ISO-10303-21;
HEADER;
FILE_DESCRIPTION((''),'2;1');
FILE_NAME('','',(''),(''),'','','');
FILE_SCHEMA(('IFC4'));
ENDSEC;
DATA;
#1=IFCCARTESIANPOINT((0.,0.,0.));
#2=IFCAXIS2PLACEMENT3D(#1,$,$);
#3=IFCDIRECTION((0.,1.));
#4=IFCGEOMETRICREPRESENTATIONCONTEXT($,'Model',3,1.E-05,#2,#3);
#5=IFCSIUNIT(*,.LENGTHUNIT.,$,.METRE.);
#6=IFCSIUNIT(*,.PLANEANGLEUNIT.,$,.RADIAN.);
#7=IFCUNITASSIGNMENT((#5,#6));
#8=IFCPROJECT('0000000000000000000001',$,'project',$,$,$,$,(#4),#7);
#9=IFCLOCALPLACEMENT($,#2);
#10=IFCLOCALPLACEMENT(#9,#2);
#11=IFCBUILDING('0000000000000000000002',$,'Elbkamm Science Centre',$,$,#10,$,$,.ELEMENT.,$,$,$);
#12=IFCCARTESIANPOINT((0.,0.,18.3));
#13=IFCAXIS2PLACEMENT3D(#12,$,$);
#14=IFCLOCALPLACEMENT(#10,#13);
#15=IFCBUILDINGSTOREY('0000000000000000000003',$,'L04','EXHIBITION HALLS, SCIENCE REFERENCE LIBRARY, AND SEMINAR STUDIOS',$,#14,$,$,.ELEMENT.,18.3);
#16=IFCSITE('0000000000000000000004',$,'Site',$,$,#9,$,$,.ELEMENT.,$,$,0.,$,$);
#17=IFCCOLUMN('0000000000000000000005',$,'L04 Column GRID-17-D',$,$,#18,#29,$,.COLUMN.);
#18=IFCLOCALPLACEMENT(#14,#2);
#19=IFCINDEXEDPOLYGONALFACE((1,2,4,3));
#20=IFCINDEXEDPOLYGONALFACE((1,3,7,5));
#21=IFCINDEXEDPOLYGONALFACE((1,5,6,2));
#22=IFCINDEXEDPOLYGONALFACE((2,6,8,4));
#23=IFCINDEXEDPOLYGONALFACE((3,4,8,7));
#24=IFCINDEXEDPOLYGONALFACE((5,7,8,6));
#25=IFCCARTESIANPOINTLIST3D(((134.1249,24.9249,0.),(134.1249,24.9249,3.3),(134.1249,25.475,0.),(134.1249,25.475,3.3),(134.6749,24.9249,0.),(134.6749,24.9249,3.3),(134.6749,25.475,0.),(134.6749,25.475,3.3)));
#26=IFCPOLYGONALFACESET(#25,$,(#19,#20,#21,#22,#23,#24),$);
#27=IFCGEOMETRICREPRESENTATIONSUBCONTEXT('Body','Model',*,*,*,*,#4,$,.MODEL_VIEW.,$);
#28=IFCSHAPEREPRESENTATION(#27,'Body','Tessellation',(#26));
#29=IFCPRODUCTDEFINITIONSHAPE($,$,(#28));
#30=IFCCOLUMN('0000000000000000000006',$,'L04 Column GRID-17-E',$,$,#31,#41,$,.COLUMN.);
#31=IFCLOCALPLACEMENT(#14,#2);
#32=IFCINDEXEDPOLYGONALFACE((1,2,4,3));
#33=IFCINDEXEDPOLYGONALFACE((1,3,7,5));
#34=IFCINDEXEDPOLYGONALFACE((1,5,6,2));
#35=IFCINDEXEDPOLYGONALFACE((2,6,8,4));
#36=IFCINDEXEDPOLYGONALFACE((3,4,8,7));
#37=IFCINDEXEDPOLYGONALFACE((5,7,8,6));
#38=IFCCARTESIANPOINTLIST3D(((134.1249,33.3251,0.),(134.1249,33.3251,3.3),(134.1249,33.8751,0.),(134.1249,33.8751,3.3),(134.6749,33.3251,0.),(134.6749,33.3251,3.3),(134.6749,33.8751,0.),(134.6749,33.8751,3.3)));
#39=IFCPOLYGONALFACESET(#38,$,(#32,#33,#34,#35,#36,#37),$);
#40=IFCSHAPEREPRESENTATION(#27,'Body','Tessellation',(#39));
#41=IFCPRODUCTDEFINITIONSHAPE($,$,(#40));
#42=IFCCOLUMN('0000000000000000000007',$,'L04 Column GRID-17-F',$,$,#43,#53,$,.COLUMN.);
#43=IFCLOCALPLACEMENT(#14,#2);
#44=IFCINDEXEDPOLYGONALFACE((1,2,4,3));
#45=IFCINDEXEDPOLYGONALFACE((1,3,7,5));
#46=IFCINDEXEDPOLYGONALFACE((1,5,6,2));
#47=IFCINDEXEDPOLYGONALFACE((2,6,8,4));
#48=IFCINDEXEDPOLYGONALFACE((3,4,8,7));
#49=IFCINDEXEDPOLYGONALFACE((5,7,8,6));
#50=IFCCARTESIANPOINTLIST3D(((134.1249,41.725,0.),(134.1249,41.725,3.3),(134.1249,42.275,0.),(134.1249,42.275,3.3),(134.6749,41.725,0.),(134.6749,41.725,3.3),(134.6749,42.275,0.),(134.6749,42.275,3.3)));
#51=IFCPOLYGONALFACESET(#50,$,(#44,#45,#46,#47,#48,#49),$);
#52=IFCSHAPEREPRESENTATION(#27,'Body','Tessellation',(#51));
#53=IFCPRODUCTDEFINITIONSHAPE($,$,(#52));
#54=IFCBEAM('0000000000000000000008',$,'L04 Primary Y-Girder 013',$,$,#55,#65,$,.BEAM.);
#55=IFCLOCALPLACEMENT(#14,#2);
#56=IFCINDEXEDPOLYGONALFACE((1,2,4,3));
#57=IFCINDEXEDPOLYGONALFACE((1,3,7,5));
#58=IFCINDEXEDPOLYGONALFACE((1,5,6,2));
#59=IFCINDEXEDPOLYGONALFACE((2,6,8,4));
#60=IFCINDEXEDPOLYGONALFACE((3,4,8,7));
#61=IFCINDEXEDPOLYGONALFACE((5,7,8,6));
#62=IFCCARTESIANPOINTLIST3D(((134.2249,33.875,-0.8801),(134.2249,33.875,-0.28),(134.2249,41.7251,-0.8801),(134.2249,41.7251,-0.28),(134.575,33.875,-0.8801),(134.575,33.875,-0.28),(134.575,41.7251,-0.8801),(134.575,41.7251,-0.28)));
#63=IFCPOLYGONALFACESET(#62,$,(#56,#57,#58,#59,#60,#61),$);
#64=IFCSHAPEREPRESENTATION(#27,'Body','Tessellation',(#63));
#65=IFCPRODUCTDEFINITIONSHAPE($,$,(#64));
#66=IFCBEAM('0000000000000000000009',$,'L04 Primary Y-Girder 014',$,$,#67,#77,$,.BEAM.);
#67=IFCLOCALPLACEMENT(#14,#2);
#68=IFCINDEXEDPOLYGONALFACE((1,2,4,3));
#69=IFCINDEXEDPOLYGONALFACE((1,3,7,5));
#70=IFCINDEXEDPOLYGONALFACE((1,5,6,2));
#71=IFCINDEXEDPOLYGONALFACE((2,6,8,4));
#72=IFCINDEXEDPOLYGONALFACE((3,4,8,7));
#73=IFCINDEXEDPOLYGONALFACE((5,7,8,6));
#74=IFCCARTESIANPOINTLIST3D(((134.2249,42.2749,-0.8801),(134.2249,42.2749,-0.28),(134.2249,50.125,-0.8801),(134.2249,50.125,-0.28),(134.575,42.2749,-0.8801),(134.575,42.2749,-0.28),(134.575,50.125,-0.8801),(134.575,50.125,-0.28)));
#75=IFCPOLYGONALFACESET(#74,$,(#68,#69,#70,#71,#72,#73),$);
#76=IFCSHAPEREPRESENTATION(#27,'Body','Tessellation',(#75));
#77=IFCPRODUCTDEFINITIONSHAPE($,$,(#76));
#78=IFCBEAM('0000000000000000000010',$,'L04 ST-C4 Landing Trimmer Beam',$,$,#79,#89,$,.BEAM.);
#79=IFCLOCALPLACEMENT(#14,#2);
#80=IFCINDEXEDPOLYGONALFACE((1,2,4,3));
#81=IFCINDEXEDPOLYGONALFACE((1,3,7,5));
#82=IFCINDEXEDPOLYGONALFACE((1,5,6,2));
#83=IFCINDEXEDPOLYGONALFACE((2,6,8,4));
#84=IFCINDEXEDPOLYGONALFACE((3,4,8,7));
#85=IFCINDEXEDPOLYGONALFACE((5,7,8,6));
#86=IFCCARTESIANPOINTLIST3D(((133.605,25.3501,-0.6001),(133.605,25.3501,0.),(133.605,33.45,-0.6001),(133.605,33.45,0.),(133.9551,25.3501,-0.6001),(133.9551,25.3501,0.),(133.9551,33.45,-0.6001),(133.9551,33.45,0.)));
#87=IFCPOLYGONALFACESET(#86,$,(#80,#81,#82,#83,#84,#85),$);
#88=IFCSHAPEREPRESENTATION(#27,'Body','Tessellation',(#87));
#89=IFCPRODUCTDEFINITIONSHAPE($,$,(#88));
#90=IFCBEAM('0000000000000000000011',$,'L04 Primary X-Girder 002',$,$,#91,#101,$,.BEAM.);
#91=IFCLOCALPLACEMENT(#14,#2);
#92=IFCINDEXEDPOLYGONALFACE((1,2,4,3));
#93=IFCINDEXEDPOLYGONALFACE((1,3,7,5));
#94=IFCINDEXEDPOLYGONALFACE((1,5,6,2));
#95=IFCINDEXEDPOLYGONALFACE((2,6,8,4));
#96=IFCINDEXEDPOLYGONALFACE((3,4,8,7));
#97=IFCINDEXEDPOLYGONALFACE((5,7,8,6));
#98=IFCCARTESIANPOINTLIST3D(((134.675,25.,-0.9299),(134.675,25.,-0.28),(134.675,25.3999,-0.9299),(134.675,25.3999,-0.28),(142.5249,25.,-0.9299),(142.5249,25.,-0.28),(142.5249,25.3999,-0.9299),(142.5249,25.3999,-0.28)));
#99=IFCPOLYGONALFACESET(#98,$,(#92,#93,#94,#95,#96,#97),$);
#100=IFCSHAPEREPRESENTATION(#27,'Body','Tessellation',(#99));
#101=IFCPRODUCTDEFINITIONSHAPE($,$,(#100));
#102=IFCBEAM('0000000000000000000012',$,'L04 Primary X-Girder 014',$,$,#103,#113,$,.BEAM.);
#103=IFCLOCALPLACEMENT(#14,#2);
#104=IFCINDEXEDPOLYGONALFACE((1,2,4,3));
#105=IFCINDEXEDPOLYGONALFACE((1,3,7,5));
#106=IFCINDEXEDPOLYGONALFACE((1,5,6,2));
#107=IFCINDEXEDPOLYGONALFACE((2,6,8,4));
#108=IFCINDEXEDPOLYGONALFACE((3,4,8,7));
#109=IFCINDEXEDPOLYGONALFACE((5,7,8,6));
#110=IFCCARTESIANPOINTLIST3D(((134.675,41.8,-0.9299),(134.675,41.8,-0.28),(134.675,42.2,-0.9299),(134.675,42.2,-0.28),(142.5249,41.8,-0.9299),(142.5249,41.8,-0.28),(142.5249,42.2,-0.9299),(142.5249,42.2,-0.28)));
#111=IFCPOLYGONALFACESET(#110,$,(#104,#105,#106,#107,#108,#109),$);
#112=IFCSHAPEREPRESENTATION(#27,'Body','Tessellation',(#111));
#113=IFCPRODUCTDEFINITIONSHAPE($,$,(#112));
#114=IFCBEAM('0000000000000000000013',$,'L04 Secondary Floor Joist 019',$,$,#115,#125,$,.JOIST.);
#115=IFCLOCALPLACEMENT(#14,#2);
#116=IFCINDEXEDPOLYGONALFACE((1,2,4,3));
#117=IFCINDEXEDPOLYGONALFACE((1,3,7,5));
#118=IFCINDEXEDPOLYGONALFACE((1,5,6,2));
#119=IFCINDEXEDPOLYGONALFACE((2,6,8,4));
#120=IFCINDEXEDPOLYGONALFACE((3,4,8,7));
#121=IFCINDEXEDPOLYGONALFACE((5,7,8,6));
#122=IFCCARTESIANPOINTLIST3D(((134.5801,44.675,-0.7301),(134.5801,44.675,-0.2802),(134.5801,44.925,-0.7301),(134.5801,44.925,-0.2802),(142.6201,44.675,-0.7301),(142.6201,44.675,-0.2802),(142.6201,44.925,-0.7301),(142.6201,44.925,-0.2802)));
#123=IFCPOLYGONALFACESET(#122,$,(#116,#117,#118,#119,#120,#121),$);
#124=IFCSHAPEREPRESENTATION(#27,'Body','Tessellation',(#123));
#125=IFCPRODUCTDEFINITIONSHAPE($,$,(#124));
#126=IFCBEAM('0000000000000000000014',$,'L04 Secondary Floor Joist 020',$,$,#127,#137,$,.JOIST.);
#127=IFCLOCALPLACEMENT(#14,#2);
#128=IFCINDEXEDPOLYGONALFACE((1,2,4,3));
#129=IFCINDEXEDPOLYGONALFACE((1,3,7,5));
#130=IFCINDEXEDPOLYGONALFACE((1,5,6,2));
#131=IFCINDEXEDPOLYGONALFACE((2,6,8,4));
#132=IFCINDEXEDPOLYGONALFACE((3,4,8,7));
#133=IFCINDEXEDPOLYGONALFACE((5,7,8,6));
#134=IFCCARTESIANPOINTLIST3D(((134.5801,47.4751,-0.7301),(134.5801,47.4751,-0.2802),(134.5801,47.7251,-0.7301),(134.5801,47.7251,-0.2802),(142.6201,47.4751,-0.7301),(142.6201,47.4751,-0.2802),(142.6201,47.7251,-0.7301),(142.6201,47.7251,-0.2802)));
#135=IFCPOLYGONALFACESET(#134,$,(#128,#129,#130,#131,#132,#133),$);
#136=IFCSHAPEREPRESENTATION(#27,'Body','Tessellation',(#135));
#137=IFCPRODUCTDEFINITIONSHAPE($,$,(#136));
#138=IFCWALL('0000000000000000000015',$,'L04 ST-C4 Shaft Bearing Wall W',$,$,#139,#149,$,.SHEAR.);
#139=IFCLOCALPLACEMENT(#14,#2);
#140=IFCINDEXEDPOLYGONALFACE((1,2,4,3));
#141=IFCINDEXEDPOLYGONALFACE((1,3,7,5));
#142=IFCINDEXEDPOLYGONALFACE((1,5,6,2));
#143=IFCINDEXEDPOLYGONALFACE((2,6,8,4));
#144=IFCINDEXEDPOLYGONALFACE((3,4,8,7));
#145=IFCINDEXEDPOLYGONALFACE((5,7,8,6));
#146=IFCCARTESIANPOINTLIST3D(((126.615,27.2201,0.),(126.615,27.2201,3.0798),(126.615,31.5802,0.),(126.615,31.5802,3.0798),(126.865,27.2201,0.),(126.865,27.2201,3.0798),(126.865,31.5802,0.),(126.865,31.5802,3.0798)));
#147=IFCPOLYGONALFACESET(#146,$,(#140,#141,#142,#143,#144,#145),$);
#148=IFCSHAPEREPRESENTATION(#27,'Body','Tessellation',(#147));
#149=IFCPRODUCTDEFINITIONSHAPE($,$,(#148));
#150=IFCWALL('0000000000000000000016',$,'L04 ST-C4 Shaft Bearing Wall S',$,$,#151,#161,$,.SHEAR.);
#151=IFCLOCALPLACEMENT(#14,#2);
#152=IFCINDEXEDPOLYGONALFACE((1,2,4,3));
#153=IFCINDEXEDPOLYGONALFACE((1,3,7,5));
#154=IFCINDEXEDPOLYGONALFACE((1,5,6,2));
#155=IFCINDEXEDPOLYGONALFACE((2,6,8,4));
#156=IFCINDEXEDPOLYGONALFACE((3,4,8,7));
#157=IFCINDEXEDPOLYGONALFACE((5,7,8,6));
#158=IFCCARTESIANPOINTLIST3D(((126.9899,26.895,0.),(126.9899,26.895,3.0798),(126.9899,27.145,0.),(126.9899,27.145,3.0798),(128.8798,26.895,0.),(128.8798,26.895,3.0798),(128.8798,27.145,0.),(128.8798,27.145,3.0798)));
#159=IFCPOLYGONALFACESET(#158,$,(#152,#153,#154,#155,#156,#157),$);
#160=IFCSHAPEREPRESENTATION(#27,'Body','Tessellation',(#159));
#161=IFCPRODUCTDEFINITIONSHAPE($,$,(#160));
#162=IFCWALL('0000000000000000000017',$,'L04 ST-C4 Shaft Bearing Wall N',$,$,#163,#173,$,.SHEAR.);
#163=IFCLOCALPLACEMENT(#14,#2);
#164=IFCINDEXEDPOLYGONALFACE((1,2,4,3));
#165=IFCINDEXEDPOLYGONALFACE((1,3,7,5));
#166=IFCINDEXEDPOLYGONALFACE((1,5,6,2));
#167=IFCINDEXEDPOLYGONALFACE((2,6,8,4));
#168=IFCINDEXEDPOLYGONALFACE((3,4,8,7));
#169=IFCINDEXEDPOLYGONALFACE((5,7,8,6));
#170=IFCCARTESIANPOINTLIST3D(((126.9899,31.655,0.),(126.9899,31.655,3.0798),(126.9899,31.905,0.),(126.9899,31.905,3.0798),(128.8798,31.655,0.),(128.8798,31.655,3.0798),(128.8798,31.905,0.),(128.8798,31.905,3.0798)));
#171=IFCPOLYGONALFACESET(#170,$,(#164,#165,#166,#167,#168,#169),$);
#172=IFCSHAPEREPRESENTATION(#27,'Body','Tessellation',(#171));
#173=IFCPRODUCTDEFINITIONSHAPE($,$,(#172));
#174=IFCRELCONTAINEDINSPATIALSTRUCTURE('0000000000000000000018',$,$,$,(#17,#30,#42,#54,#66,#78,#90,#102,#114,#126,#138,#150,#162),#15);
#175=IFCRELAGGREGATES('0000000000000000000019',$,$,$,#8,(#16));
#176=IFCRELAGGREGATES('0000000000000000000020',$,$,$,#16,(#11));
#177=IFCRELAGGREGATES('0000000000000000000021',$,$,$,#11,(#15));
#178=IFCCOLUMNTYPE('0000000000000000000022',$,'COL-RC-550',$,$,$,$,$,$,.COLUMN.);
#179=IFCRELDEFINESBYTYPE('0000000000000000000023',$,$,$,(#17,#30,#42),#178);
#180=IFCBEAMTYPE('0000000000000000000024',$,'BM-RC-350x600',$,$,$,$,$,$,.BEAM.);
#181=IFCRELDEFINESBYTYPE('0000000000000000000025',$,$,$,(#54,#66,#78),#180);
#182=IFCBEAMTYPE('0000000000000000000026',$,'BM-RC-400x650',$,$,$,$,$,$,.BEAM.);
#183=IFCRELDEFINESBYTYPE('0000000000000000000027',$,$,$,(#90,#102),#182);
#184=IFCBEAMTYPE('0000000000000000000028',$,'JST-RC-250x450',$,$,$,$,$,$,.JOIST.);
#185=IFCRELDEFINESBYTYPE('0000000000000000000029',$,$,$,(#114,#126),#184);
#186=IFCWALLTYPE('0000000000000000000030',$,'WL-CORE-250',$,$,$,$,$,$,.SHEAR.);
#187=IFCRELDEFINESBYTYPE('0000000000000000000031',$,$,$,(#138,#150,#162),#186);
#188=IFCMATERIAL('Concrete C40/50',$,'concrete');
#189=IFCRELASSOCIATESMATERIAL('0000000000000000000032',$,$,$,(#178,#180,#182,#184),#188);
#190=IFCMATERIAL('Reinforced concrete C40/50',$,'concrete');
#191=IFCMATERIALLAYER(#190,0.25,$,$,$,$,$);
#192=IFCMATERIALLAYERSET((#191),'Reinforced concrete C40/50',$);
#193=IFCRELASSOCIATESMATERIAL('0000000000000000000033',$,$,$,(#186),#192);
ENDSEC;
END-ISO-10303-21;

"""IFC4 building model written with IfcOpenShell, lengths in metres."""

from ifc_helpers import new_model, si_unit, direction, frame, frame_2d, origin, origin_2d, place, context, subcontext, project, spatial, rectangle, extrude, material, layer, layer_set, material_profile, profile_set, type_object, element, save


model = new_model("IFC4")

# Units and contexts
model_context = context("Model", 3, precision=1e-05, world=origin(), true_north=direction((0.0, 1.0)))
body_context = subcontext(model_context, "Body", "Model", "MODEL_VIEW")
ifc_project = project(units=[si_unit("LENGTHUNIT", "METRE"), si_unit("PLANEANGLEUNIT", "RADIAN")], contexts=[model_context])

# Site, building, storey
site_placement = place(None, origin())
site = spatial("IfcSite", under=ifc_project, at=site_placement, Name="Site", CompositionType="ELEMENT", RefElevation=0.0)
building_placement = place(site_placement, origin())
building = spatial("IfcBuilding", under=site, at=building_placement, Name="Elbkamm Science Centre", CompositionType="ELEMENT")
storey_placement = place(building_placement, frame((0.0, 0.0, 18.3)))
storey = spatial("IfcBuildingStorey", under=building, at=storey_placement, Name="L04", Description="EXHIBITION HALLS, SCIENCE REFERENCE LIBRARY, AND SEMINAR STUDIOS", CompositionType="ELEMENT", Elevation=18.3)

# Columns
ifc_material_1 = material(Name="Concrete C40/50", Category="concrete")
ifc_material_profile_1 = material_profile(ifc_material_1, rectangle(XDim=0.55, YDim=0.55, at=origin_2d()), Name="RC 550x550")
ifc_profile_set_1 = profile_set([ifc_material_profile_1], Name="Concrete C40/50")
column_type = type_object("IfcColumnType", Name="COL-RC-550", PredefinedType="COLUMN", material=ifc_profile_set_1)
for number, where, z_axis, x_axis, name in (
    (1, (134.3999, 25.2, 0.0), (0.0, 0.0, 1.0), (1.0, 0.0, 0.0), "L04 Column GRID-17-D"),
    (2, (134.3999, 33.6001, 0.0), (0.0, 0.0, 1.0), (1.0, 0.0, 0.0), "L04 Column GRID-17-E"),
    (3, (134.3999, 42.0, 0.0), (0.0, 0.0, 1.0), (1.0, 0.0, 0.0), "L04 Column GRID-17-F"),
):
    element("IfcColumn", number, at=place(storey_placement, frame(where, z_axis=z_axis, x_axis=x_axis)), inside=storey, type_object=column_type, Name=name, PredefinedType="COLUMN", context=body_context, shape_type="SweptSolid", body=[
        extrude(rectangle(XDim=0.55, YDim=0.55, at=origin_2d()), origin(), (0.0, 0.0, 1.0), 3.3),
    ])

# Beams
ifc_material_profile_2 = material_profile(ifc_material_1, rectangle(XDim=0.3501, YDim=0.6001, at=origin_2d()), Name="RC 350x600")
ifc_profile_set_2 = profile_set([ifc_material_profile_2], Name="Concrete C40/50")
beam_type_1 = type_object("IfcBeamType", Name="BM-RC-350x600", PredefinedType="BEAM", material=ifc_profile_set_2)
for number, where, z_axis, x_axis, name in (
    (4, (134.3999, 33.875, -0.5801), (0.0, 1.0, 0.0), (-1.0, 0.0, 0.0), "L04 Primary Y-Girder 013"),
    (5, (134.3999, 42.2749, -0.5801), (0.0, 1.0, 0.0), (-1.0, 0.0, 0.0), "L04 Primary Y-Girder 014"),
):
    element("IfcBeam", number, at=place(storey_placement, frame(where, z_axis=z_axis, x_axis=x_axis)), inside=storey, type_object=beam_type_1, Name=name, PredefinedType="BEAM", context=body_context, shape_type="SweptSolid", body=[
        extrude(rectangle(XDim=0.3501, YDim=0.6001, at=origin_2d()), origin(), (0.0, 0.0, 1.0), 7.8501),
    ])
beam_placement = place(storey_placement, frame((133.78, 25.3501, -0.3), z_axis=(0.0, 1.0, 0.0), x_axis=(-1.0, 0.0, 0.0)))
element("IfcBeam", 6, at=beam_placement, inside=storey, type_object=beam_type_1, Name="L04 ST-C4 Landing Trimmer Beam", PredefinedType="BEAM", context=body_context, shape_type="SweptSolid", body=[
    extrude(rectangle(XDim=0.3501, YDim=0.6001, at=origin_2d()), origin(), (0.0, 0.0, 1.0), 8.0999),
])
ifc_material_profile_3 = material_profile(ifc_material_1, rectangle(XDim=0.3999, YDim=0.6499, at=origin_2d()), Name="RC 400x650")
ifc_profile_set_3 = profile_set([ifc_material_profile_3], Name="Concrete C40/50")
beam_type_2 = type_object("IfcBeamType", Name="BM-RC-400x650", PredefinedType="BEAM", material=ifc_profile_set_3)
for number, where, z_axis, x_axis, name in (
    (7, (134.675, 25.2, -0.605), (1.0, 0.0, 0.0), (0.0, 1.0, 0.0), "L04 Primary X-Girder 002"),
    (8, (134.675, 42.0, -0.605), (1.0, 0.0, 0.0), (0.0, 1.0, 0.0), "L04 Primary X-Girder 014"),
):
    element("IfcBeam", number, at=place(storey_placement, frame(where, z_axis=z_axis, x_axis=x_axis)), inside=storey, type_object=beam_type_2, Name=name, PredefinedType="BEAM", context=body_context, shape_type="SweptSolid", body=[
        extrude(rectangle(XDim=0.3999, YDim=0.6499, at=origin_2d()), origin(), (0.0, 0.0, 1.0), 7.8499),
    ])
ifc_material_profile_4 = material_profile(ifc_material_1, rectangle(XDim=0.25, YDim=0.45, at=origin_2d()), Name="RC 250x450")
ifc_profile_set_4 = profile_set([ifc_material_profile_4], Name="Concrete C40/50")
beam_type_3 = type_object("IfcBeamType", Name="JST-RC-250x450", PredefinedType="JOIST", material=ifc_profile_set_4)
for number, where, z_axis, x_axis, name in (
    (9, (134.5801, 44.8, -0.5051), (1.0, 0.0, 0.0), (0.0, 1.0, 0.0), "L04 Secondary Floor Joist 019"),
    (10, (134.5801, 47.6001, -0.5051), (1.0, 0.0, 0.0), (0.0, 1.0, 0.0), "L04 Secondary Floor Joist 020"),
):
    element("IfcBeam", number, at=place(storey_placement, frame(where, z_axis=z_axis, x_axis=x_axis)), inside=storey, type_object=beam_type_3, Name=name, PredefinedType="JOIST", context=body_context, shape_type="SweptSolid", body=[
        extrude(rectangle(XDim=0.25, YDim=0.45, at=origin_2d()), origin(), (0.0, 0.0, 1.0), 8.04),
    ])

# Walls
ifc_material_2 = material(Name="Reinforced concrete C40/50", Category="concrete")
ifc_layer_1 = layer(ifc_material_2, 0.25)
ifc_layer_set_1 = layer_set([ifc_layer_1], Name="Reinforced concrete C40/50")
wall_type_1 = type_object("IfcWallType", Name="WL-CORE-250", PredefinedType="SHEAR", material=ifc_layer_set_1)
wall_1_placement = place(storey_placement, frame((126.74, 27.22, 0.0), z_axis=(0.0, 0.0, 1.0), x_axis=(0.0, 1.0, 0.0)))
element("IfcWall", 11, at=wall_1_placement, inside=storey, type_object=wall_type_1, Name="L04 ST-C4 Shaft Bearing Wall W", PredefinedType="SHEAR", context=body_context, shape_type="SweptSolid", body=[
    extrude(rectangle(XDim=4.3601, YDim=0.25, at=frame_2d((2.1802, 0.0))), origin(), (0.0, 0.0, 1.0), 3.0798),
])
for number, where, z_axis, x_axis, name in (
    (12, (126.99, 27.02, 0.0), (0.0, 0.0, 1.0), (1.0, 0.0, 0.0), "L04 ST-C4 Shaft Bearing Wall S"),
    (13, (126.99, 31.78, 0.0), (0.0, 0.0, 1.0), (1.0, 0.0, 0.0), "L04 ST-C4 Shaft Bearing Wall N"),
):
    element("IfcWall", number, at=place(storey_placement, frame(where, z_axis=z_axis, x_axis=x_axis)), inside=storey, type_object=wall_type_1, Name=name, PredefinedType="SHEAR", context=body_context, shape_type="SweptSolid", body=[
        extrude(rectangle(XDim=1.8899, YDim=0.25, at=frame_2d((0.9448, 0.0))), origin(), (0.0, 0.0, 1.0), 3.0798),
    ])

save(model, "model.ifc")
